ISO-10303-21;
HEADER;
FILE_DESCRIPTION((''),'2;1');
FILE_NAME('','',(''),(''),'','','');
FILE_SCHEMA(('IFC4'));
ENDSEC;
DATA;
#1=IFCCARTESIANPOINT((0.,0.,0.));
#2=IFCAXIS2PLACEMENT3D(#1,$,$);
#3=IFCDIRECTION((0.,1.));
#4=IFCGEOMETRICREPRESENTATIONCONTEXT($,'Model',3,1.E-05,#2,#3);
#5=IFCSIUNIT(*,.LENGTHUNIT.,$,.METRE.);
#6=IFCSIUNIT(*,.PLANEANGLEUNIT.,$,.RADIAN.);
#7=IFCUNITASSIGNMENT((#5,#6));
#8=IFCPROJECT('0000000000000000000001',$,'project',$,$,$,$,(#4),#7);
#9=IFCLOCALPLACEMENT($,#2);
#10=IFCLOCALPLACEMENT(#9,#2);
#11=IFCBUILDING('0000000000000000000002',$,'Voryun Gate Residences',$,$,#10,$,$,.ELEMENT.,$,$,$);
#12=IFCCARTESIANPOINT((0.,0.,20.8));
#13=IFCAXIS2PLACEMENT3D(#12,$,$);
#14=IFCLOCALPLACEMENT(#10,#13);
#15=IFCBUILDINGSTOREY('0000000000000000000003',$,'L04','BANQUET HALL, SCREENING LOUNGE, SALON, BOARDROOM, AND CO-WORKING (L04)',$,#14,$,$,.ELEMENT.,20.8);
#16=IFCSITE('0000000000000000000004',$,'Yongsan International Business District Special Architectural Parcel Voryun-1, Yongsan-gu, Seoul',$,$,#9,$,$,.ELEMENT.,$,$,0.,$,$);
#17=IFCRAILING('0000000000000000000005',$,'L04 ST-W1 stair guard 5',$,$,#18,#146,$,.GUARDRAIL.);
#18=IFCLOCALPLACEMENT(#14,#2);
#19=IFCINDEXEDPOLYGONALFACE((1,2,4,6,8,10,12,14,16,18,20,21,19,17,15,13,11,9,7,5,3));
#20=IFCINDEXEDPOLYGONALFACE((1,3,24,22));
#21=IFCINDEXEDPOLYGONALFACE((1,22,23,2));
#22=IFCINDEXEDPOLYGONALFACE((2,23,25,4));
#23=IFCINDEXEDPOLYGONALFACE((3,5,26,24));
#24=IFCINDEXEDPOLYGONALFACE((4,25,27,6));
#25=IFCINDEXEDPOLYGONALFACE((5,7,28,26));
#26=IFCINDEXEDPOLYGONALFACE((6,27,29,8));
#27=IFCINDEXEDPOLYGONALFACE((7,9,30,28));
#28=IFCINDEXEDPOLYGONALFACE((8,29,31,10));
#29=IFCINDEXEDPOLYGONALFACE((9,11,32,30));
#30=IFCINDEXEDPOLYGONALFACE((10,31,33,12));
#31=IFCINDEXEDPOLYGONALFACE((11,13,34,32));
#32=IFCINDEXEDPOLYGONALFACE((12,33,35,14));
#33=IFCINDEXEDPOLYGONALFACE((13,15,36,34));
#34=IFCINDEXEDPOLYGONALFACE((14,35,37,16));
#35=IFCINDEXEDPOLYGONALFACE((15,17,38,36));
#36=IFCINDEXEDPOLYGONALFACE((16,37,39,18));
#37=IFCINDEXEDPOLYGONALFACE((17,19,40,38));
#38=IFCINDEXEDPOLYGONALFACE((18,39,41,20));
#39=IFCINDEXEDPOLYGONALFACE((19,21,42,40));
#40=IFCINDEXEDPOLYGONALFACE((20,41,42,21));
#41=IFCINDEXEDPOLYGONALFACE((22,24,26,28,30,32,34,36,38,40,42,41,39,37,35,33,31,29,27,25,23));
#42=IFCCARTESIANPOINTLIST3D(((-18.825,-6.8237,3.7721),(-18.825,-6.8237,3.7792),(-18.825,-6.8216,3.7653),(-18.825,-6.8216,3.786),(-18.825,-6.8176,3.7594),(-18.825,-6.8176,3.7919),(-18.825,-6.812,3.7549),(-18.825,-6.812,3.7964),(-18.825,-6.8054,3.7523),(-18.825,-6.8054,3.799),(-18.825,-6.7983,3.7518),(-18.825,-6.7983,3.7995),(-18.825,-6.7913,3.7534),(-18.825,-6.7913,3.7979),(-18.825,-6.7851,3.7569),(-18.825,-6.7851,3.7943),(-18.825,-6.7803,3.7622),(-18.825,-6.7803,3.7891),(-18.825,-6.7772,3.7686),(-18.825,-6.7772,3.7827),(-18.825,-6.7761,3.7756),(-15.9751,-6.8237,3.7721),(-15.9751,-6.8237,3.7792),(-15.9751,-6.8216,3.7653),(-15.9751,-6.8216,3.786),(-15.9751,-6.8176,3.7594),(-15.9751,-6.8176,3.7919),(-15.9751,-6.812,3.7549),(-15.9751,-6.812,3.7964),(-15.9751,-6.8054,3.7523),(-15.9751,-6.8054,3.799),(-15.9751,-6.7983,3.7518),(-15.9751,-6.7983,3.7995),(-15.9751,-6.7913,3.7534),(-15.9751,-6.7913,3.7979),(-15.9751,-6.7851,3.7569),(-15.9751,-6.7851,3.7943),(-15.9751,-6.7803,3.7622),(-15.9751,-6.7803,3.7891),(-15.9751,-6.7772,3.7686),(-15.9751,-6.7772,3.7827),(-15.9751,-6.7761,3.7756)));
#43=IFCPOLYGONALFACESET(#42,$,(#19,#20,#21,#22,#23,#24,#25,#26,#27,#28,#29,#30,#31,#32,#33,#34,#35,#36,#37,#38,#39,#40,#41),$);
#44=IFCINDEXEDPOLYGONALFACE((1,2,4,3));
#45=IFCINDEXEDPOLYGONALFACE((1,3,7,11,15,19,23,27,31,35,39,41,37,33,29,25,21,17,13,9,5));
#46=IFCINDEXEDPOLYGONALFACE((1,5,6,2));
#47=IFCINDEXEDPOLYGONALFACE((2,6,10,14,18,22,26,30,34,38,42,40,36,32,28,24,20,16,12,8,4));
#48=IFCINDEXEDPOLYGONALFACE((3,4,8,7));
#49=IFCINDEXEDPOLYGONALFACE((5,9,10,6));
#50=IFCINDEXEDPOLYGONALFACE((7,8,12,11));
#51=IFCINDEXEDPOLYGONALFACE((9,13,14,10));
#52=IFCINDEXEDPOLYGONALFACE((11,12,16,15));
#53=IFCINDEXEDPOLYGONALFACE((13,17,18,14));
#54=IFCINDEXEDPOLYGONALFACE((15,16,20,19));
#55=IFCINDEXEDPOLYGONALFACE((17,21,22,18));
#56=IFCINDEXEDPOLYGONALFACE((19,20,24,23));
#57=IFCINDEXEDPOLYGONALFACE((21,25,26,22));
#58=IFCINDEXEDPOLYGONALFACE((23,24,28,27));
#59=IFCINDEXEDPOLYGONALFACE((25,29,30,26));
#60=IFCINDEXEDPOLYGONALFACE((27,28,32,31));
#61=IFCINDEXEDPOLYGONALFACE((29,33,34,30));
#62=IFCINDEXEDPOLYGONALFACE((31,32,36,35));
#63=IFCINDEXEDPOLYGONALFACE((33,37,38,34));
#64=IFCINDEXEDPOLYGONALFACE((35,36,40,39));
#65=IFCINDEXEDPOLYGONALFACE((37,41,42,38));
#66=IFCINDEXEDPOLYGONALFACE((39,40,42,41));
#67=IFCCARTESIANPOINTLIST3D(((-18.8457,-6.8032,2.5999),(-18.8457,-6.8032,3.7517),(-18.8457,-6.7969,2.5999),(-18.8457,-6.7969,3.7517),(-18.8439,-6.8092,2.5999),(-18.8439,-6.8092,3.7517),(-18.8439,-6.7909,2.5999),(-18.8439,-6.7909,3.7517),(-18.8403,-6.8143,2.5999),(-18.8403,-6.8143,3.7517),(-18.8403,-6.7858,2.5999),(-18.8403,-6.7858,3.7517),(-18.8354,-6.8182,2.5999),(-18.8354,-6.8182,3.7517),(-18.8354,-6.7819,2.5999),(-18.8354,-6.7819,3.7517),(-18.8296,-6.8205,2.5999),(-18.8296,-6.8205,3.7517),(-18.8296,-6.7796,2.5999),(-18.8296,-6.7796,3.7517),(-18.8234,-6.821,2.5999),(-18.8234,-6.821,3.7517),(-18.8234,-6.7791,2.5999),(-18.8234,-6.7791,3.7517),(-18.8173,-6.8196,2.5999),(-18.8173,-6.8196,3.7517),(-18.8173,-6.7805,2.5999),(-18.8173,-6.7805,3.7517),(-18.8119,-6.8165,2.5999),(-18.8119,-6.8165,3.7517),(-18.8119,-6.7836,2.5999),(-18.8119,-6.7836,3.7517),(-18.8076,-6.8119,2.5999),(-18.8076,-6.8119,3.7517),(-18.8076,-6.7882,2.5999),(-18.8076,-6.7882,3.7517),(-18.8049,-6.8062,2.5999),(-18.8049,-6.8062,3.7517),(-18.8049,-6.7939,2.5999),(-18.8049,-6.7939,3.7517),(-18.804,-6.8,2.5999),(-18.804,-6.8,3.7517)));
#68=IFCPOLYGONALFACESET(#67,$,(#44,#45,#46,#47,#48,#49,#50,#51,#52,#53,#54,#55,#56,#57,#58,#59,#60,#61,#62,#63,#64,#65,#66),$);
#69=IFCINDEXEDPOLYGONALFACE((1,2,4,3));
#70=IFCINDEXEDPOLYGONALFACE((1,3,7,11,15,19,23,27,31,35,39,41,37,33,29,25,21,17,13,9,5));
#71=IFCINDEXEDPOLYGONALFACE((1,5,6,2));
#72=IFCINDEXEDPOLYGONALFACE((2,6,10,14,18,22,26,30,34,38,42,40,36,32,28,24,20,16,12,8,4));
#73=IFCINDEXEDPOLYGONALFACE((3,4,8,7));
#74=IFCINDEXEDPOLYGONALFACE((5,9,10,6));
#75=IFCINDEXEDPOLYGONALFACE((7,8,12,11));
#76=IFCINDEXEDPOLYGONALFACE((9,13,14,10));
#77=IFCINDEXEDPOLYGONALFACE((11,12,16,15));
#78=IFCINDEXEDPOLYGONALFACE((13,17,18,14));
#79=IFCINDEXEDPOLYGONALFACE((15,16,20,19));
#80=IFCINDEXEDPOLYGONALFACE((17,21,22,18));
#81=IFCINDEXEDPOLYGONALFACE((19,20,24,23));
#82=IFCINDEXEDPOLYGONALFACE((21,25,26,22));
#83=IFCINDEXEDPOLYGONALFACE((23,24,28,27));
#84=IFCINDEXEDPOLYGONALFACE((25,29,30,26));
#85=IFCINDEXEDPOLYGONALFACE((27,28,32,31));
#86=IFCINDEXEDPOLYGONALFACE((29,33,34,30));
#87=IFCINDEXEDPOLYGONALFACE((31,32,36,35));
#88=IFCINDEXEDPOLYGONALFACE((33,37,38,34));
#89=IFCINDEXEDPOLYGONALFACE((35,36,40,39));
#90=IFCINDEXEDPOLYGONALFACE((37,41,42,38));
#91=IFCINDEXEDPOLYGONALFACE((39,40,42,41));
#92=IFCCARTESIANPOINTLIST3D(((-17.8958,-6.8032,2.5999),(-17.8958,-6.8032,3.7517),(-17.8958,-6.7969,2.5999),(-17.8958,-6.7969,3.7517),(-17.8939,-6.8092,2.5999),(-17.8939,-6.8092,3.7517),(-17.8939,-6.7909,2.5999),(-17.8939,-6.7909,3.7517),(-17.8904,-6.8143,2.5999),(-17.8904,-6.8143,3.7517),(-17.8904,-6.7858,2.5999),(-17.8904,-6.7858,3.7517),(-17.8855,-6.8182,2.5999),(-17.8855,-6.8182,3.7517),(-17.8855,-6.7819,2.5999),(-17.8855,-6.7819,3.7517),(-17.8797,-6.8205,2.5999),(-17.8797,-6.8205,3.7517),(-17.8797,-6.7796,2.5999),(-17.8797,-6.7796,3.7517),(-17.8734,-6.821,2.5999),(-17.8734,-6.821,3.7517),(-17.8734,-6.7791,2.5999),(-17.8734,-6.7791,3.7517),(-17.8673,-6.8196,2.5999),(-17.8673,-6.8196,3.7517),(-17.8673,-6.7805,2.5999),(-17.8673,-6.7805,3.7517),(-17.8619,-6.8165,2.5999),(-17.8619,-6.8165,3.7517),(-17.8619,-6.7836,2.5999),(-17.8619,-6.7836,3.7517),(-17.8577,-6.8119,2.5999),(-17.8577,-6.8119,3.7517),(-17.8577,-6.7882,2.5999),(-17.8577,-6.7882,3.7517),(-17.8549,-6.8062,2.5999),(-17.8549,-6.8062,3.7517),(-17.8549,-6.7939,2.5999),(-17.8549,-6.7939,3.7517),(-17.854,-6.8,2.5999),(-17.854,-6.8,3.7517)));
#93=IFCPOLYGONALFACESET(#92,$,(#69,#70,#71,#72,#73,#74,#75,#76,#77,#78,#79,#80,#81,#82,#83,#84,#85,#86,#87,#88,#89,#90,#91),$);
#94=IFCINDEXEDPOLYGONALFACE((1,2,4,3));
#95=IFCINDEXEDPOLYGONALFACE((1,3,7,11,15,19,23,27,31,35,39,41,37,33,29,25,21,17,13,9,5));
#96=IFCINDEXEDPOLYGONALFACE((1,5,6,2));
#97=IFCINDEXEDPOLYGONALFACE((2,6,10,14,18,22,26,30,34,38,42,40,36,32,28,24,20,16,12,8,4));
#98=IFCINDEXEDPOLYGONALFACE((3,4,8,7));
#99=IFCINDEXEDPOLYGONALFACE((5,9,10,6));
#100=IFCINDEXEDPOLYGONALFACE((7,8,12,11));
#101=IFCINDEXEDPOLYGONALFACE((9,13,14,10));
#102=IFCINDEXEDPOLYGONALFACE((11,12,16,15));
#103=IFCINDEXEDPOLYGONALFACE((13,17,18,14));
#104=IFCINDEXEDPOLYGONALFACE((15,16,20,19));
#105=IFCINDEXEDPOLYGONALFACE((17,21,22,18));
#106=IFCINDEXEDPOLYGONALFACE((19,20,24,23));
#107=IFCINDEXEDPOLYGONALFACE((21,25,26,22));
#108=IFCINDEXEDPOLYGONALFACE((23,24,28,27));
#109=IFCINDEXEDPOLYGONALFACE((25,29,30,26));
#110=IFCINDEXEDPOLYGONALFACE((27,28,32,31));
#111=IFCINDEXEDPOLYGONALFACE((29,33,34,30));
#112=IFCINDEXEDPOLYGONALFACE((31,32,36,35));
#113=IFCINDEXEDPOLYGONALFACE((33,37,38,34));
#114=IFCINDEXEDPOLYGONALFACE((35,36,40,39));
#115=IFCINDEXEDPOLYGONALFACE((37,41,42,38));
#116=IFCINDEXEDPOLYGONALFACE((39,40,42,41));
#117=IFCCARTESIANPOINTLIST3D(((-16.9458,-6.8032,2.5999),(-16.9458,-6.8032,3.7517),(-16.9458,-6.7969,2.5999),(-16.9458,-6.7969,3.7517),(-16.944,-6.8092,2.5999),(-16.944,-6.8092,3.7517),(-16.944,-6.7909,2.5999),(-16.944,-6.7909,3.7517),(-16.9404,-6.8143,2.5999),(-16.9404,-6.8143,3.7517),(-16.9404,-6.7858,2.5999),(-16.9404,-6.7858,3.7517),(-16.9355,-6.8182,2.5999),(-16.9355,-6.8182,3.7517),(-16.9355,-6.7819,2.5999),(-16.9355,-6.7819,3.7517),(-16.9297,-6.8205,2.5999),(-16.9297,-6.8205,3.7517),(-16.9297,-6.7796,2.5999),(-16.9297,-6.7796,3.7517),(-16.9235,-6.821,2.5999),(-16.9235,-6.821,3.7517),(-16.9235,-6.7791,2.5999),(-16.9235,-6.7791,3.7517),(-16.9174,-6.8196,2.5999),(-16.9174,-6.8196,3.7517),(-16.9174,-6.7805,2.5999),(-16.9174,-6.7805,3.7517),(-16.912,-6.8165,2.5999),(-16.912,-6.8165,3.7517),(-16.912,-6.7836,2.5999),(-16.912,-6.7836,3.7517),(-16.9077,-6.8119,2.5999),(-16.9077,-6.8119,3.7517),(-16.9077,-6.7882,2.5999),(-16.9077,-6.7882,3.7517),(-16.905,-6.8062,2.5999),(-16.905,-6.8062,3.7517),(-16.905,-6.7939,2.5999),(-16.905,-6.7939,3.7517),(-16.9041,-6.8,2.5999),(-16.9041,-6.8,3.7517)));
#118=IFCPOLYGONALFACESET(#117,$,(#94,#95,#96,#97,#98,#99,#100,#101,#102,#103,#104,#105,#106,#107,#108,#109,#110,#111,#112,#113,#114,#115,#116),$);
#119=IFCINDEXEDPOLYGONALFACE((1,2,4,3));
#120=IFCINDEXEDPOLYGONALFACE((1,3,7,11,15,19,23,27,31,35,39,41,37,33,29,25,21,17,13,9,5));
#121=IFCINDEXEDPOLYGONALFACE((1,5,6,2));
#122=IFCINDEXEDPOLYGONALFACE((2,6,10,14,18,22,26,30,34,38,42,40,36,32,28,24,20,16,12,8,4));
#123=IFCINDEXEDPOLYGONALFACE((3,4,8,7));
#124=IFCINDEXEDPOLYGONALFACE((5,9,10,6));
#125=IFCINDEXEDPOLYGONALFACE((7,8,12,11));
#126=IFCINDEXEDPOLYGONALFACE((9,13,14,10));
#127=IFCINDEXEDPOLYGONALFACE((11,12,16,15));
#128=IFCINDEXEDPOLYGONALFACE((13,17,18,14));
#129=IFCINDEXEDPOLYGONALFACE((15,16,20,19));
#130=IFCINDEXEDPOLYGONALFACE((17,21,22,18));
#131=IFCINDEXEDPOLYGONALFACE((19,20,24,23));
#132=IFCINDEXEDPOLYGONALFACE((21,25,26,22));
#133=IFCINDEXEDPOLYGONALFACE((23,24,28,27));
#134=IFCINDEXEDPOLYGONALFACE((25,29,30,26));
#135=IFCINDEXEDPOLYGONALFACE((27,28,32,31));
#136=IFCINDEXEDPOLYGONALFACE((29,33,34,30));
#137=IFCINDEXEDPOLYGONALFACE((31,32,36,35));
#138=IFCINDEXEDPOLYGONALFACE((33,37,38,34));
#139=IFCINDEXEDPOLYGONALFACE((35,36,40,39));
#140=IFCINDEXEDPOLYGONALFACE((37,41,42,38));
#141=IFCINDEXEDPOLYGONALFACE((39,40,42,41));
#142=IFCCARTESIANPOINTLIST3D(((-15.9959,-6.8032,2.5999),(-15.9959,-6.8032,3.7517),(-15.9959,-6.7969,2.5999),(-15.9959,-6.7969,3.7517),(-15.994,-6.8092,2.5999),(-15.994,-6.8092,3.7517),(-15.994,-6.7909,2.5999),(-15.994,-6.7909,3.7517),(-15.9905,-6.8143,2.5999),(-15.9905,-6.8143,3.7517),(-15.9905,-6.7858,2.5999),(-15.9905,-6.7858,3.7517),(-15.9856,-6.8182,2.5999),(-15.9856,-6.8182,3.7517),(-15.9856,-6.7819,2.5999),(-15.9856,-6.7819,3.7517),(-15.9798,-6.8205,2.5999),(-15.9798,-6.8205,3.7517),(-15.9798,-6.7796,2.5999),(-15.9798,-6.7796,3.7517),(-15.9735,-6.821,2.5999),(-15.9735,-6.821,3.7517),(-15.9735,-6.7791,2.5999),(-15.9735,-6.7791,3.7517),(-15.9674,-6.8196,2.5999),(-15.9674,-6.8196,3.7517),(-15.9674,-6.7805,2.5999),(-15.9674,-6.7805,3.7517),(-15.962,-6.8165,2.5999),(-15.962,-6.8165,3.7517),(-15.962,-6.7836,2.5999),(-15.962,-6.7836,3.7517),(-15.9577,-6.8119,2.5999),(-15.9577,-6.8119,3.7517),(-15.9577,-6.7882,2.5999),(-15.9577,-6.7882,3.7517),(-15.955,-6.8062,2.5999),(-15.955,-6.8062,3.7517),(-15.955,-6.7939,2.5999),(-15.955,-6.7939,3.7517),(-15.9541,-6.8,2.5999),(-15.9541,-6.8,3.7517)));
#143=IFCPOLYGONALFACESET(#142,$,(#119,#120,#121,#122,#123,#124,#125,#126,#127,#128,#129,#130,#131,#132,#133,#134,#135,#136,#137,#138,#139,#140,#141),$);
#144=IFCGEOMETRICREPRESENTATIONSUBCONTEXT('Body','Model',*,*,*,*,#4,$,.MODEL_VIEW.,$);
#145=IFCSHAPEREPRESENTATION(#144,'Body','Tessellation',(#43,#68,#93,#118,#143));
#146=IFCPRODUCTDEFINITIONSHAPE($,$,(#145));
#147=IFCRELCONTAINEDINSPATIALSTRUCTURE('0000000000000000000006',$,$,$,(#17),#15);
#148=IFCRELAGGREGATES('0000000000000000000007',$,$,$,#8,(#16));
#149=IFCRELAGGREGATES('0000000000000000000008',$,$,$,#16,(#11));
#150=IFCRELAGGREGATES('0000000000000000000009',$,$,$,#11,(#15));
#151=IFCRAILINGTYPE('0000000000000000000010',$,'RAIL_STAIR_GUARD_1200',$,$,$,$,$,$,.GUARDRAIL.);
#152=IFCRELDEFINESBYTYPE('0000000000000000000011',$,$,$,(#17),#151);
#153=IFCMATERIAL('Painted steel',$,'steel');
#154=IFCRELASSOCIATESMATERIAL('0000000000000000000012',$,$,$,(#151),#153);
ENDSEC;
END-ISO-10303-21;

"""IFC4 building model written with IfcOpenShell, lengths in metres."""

from ifc_helpers import new_model, si_unit, direction, frame, origin, origin_2d, place, context, subcontext, project, spatial, circle, extrude, material, type_object, element, save


model = new_model("IFC4")

# Units and contexts
model_context = context("Model", 3, precision=1e-05, world=origin(), true_north=direction((0.0, 1.0)))
body_context = subcontext(model_context, "Body", "Model", "MODEL_VIEW")
ifc_project = project(units=[si_unit("LENGTHUNIT", "METRE"), si_unit("PLANEANGLEUNIT", "RADIAN")], contexts=[model_context])

# Site, building, storey
site_placement = place(None, origin())
site = spatial("IfcSite", under=ifc_project, at=site_placement, Name="Yongsan International Business District Special Architectural Parcel Voryun-1, Yongsan-gu, Seoul", CompositionType="ELEMENT", RefElevation=0.0)
building_placement = place(site_placement, origin())
building = spatial("IfcBuilding", under=site, at=building_placement, Name="Voryun Gate Residences", CompositionType="ELEMENT")
storey_placement = place(building_placement, frame((0.0, 0.0, 20.8)))
storey = spatial("IfcBuildingStorey", under=building, at=storey_placement, Name="L04", Description="BANQUET HALL, SCREENING LOUNGE, SALON, BOARDROOM, AND CO-WORKING (L04)", CompositionType="ELEMENT", Elevation=20.8)

# Railing
ifc_material_1 = material(Name="Painted steel", Category="steel")
railing_type = type_object("IfcRailingType", Name="RAIL_STAIR_GUARD_1200", PredefinedType="GUARDRAIL", material=ifc_material_1)
railing_1_placement = place(storey_placement, frame((-18.825, -6.8, 2.5999)))
element("IfcRailing", 1, at=railing_1_placement, inside=storey, type_object=railing_type, Name="L04 ST-W1 stair guard 5", PredefinedType="GUARDRAIL", context=body_context, shape_type="SweptSolid", body=[
    extrude(circle(Radius=0.0239, at=origin_2d()), frame((0.0, 0.0, 1.1758), z_axis=(1.0, 0.0, 0.0), x_axis=(0.0, 1.0, 0.0)), (0.0, 0.0, 1.0), 2.8499),
    extrude(circle(Radius=0.021, at=origin_2d()), origin(), (0.0, 0.0, 1.0), 1.1519),
    extrude(circle(Radius=0.021, at=origin_2d()), frame((0.95, 0.0, 0.0)), (0.0, 0.0, 1.0), 1.1519),
    extrude(circle(Radius=0.021, at=origin_2d()), frame((1.8999, 0.0, 0.0)), (0.0, 0.0, 1.0), 1.1519),
    extrude(circle(Radius=0.021, at=origin_2d()), frame((2.8499, 0.0, 0.0)), (0.0, 0.0, 1.0), 1.1519),
])

save(model, "model.ifc")
